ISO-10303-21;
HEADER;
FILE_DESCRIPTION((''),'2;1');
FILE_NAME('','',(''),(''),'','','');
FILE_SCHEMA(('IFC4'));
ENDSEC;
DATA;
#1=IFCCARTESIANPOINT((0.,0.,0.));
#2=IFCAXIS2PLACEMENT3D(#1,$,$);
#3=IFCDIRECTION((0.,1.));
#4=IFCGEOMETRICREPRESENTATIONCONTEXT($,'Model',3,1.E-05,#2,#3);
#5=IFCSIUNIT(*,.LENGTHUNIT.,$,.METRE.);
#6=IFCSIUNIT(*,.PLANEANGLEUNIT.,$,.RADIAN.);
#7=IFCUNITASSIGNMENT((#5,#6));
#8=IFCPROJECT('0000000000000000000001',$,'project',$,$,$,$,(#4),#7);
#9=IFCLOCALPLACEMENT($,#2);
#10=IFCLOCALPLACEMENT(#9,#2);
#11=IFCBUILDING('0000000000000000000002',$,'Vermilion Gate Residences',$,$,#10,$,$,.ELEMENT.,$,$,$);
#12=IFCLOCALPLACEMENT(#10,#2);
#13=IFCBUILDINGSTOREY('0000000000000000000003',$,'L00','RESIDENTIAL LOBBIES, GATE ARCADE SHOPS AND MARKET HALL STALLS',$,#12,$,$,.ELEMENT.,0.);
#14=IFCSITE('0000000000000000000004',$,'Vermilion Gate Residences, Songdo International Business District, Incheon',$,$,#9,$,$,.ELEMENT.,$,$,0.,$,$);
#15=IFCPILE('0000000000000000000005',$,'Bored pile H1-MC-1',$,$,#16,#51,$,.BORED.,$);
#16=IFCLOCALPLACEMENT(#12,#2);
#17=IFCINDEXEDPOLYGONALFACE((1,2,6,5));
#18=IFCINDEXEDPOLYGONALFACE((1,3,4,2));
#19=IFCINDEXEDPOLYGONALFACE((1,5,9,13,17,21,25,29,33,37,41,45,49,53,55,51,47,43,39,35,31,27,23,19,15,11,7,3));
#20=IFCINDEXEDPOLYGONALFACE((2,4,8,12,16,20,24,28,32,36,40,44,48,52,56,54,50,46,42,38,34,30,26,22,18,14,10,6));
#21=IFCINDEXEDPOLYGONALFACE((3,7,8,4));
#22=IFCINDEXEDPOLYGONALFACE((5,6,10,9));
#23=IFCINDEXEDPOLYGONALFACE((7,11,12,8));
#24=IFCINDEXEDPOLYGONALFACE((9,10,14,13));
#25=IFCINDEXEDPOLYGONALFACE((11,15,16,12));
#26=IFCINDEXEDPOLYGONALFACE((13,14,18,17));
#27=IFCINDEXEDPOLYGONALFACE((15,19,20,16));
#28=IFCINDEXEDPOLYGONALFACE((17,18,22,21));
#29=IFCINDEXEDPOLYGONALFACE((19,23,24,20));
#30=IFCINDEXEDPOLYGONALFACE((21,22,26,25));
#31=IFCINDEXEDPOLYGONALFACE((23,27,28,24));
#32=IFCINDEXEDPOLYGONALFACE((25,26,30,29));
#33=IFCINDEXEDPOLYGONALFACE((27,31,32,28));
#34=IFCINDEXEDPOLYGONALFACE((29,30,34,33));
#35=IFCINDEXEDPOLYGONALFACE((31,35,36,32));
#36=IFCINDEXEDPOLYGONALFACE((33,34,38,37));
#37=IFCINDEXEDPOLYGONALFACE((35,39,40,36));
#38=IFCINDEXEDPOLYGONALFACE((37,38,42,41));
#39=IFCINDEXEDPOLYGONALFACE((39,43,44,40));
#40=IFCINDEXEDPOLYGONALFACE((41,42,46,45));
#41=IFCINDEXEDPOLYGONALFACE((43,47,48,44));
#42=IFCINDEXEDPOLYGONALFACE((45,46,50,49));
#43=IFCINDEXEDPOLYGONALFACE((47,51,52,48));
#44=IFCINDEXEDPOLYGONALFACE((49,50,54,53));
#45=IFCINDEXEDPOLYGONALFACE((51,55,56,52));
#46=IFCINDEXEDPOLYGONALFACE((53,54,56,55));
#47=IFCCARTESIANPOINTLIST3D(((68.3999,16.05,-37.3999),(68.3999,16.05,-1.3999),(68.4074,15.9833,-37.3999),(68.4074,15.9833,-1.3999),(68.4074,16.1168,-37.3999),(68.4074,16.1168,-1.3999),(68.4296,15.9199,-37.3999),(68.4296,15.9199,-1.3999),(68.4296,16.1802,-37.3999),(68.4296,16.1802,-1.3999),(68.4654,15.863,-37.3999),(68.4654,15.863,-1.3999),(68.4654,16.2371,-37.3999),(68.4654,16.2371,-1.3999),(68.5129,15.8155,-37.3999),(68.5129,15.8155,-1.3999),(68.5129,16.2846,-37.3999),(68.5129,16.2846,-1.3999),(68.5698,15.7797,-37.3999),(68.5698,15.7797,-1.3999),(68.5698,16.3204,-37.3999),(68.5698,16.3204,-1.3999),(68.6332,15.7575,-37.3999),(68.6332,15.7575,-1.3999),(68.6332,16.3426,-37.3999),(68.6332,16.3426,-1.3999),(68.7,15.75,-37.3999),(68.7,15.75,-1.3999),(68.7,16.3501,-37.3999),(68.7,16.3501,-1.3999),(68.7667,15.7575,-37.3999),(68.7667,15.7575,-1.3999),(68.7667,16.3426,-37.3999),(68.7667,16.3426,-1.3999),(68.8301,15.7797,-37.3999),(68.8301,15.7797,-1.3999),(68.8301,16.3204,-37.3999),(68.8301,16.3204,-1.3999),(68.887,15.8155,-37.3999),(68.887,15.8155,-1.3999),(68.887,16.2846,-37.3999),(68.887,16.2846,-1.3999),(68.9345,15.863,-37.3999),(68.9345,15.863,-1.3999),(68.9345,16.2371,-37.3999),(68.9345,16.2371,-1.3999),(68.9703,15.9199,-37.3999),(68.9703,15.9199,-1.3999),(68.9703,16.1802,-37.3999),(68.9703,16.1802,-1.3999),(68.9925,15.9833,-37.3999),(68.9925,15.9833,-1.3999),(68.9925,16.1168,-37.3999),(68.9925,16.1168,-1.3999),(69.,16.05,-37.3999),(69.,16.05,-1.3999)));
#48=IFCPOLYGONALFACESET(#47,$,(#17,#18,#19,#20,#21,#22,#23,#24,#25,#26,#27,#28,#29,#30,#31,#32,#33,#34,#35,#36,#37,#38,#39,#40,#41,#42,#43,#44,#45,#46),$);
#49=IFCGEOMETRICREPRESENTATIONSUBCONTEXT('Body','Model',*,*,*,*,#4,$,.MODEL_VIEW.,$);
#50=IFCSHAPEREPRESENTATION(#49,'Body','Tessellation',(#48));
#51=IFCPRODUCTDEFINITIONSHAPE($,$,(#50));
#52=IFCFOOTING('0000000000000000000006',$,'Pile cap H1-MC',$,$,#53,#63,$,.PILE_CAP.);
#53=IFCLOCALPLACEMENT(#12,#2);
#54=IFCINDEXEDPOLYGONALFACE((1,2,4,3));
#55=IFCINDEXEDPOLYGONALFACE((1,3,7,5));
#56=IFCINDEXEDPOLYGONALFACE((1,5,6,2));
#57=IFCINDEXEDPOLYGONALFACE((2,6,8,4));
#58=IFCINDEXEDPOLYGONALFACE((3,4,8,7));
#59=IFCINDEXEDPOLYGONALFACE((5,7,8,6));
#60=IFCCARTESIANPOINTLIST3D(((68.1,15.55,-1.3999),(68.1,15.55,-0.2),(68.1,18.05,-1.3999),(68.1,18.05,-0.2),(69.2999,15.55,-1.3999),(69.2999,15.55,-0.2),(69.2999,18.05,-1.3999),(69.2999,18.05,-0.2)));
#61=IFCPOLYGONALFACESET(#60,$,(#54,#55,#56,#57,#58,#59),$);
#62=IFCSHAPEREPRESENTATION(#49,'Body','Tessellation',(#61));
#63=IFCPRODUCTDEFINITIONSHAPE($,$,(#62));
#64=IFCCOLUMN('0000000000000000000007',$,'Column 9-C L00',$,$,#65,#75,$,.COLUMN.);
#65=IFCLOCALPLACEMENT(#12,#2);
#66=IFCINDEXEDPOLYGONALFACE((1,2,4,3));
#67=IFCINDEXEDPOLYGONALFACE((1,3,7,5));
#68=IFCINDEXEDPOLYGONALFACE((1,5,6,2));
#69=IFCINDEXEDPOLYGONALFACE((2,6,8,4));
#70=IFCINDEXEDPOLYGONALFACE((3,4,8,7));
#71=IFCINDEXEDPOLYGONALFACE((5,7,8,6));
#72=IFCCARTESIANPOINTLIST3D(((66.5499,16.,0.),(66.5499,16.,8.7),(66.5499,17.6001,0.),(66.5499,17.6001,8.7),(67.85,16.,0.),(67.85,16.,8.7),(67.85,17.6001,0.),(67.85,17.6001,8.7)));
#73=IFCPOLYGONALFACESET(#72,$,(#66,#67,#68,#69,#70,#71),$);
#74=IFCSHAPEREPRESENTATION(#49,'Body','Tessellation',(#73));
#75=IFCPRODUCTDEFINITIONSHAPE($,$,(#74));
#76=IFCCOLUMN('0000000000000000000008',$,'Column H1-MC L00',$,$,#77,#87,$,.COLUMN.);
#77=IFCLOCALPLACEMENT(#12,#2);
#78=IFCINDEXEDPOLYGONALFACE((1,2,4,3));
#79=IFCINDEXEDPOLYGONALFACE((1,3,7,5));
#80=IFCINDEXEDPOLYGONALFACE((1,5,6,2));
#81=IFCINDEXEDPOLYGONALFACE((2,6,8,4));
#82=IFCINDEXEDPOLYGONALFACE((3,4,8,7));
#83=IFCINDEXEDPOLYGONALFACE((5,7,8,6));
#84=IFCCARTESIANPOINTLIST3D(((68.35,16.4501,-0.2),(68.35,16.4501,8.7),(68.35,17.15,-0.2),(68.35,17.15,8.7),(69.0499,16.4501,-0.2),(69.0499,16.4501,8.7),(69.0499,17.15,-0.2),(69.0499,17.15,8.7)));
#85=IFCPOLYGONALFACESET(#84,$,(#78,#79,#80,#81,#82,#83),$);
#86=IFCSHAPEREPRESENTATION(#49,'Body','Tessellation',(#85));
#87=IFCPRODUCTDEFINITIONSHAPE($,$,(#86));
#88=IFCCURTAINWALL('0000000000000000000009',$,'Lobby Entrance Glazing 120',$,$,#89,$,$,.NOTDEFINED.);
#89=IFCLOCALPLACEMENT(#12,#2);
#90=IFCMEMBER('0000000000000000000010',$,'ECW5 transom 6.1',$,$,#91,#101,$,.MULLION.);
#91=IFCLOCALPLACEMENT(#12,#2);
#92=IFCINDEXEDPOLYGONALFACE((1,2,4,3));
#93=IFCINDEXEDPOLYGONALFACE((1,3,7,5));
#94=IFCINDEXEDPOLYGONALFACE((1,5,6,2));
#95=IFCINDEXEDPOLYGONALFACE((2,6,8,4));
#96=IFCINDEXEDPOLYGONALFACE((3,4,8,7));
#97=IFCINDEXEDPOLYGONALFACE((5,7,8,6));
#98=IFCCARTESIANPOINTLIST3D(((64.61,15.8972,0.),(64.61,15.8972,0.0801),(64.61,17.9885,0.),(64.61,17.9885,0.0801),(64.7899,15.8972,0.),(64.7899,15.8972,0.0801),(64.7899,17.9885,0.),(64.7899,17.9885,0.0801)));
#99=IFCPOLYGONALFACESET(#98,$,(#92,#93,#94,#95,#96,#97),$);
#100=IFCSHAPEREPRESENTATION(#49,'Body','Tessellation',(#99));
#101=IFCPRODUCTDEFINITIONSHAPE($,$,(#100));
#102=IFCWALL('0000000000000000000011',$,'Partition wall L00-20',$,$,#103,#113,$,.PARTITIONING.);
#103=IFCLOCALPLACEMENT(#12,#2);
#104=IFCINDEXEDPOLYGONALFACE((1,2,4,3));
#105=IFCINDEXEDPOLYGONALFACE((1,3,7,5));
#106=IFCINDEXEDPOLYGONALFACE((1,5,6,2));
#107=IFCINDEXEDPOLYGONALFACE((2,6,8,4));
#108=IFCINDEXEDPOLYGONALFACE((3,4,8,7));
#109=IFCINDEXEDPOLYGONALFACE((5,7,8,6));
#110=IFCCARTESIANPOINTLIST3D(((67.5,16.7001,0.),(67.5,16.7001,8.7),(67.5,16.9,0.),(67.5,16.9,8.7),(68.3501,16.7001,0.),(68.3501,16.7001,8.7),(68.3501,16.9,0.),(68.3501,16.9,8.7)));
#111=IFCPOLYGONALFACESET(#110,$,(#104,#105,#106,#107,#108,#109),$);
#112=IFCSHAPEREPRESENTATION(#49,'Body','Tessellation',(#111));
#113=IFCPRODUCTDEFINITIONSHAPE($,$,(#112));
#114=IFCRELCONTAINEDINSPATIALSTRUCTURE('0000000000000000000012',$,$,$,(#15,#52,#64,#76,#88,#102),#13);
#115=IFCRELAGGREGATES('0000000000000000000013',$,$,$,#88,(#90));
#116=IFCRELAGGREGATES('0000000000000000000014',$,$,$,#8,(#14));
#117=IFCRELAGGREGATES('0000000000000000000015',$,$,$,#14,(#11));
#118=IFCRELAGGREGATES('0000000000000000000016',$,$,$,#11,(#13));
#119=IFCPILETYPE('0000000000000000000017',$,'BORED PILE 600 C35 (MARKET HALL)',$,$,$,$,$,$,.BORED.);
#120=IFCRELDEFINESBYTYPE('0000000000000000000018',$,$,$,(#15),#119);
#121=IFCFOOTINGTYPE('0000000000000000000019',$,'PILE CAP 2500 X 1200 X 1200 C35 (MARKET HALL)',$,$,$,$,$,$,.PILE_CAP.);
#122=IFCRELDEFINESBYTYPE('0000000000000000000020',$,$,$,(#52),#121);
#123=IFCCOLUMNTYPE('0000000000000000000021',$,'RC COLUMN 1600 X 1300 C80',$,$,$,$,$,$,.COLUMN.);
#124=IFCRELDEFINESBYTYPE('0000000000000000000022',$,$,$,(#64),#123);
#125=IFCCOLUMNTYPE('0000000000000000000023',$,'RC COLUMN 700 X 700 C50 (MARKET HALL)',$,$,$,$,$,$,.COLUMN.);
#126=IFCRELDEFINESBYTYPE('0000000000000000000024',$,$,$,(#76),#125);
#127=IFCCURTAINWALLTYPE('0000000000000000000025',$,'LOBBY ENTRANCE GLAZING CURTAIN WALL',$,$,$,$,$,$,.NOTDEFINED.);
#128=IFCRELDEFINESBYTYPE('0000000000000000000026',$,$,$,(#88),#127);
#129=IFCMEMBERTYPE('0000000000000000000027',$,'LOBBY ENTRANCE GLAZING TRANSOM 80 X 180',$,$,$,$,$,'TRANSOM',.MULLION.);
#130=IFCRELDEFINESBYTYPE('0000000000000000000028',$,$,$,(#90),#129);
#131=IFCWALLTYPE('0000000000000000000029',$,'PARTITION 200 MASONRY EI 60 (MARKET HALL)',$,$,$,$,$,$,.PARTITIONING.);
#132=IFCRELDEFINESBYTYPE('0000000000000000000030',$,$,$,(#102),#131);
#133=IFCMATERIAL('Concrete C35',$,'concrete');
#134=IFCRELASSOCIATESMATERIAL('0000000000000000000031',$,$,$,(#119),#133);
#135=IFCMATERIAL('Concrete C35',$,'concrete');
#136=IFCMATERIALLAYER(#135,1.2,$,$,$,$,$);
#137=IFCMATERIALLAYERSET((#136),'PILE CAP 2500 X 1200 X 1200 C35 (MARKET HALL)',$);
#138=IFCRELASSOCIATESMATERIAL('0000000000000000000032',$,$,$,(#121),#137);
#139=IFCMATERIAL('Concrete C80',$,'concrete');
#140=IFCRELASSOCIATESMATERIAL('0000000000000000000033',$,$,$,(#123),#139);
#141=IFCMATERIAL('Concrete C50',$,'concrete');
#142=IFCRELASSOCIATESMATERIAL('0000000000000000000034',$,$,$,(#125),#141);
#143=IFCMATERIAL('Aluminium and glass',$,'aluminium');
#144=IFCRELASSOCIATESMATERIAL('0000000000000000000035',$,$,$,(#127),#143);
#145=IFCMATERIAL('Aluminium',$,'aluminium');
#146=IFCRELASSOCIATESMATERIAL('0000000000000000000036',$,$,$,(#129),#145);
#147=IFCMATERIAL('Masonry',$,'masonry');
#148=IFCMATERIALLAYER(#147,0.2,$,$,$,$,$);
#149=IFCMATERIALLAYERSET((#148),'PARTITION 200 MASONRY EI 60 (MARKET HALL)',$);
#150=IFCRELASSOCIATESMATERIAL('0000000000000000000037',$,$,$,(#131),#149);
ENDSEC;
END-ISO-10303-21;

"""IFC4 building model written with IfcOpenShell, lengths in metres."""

from ifc_helpers import new_model, si_unit, direction, frame, frame_2d, origin, origin_2d, place, context, subcontext, project, spatial, rectangle, circle, extrude, material, layer, layer_set, material_profile, profile_set, type_object, element, aggregate, save


model = new_model("IFC4")

# Units and contexts
model_context = context("Model", 3, precision=1e-05, world=origin(), true_north=direction((0.0, 1.0)))
body_context = subcontext(model_context, "Body", "Model", "MODEL_VIEW")
ifc_project = project(units=[si_unit("LENGTHUNIT", "METRE"), si_unit("PLANEANGLEUNIT", "RADIAN")], contexts=[model_context])

# Site, building, storey
site_placement = place(None, origin())
site = spatial("IfcSite", under=ifc_project, at=site_placement, Name="Vermilion Gate Residences, Songdo International Business District, Incheon", CompositionType="ELEMENT", RefElevation=0.0)
building_placement = place(site_placement, origin())
building = spatial("IfcBuilding", under=site, at=building_placement, Name="Vermilion Gate Residences", CompositionType="ELEMENT")
storey_placement = place(building_placement, origin())
storey = spatial("IfcBuildingStorey", under=building, at=storey_placement, Name="L00", Description="RESIDENTIAL LOBBIES, GATE ARCADE SHOPS AND MARKET HALL STALLS", CompositionType="ELEMENT", Elevation=0.0)

# Pile
ifc_material_1 = material(Name="Concrete C35", Category="concrete")
ifc_material_profile_1 = material_profile(ifc_material_1, circle(Radius=0.3, at=origin_2d()), Name="BORED PILE 600 C35 (MARKET HALL)")
ifc_profile_set_1 = profile_set([ifc_material_profile_1], Name="Concrete C35")
pile_type = type_object("IfcPileType", Name="BORED PILE 600 C35 (MARKET HALL)", PredefinedType="BORED", material=ifc_profile_set_1)
pile_placement = place(storey_placement, frame((68.7, 16.05, -1.3999), z_axis=(0.0, 0.0, -1.0), x_axis=(1.0, 0.0, 0.0)))
element("IfcPile", 1, at=pile_placement, inside=storey, type_object=pile_type, Name="Bored pile H1-MC-1", PredefinedType="BORED", context=body_context, shape_type="SweptSolid", body=[
    extrude(circle(Radius=0.3, at=origin_2d()), origin(), (0.0, 0.0, 1.0), 36.0),
])

# Footing
ifc_material_2 = material(Name="Concrete C35", Category="concrete")
ifc_layer_1 = layer(ifc_material_2, 1.2)
ifc_layer_set_1 = layer_set([ifc_layer_1], Name="PILE CAP 2500 X 1200 X 1200 C35 (MARKET HALL)")
footing_type = type_object("IfcFootingType", Name="PILE CAP 2500 X 1200 X 1200 C35 (MARKET HALL)", PredefinedType="PILE_CAP", material=ifc_layer_set_1)
footing_placement = place(storey_placement, frame((68.7, 16.8, -1.3999), z_axis=(0.0, 0.0, 1.0), x_axis=(1.0, 0.0, 0.0)))
element("IfcFooting", 2, at=footing_placement, inside=storey, type_object=footing_type, Name="Pile cap H1-MC", PredefinedType="PILE_CAP", context=body_context, shape_type="SweptSolid", body=[
    extrude(rectangle(XDim=1.2, YDim=2.5, at=origin_2d()), origin(), (0.0, 0.0, 1.0), 1.2),
])

# Columns
ifc_material_3 = material(Name="Concrete C80", Category="concrete")
ifc_material_profile_2 = material_profile(ifc_material_3, rectangle(XDim=1.6001, YDim=1.3, at=origin_2d()), Name="RC-1600x1300")
ifc_profile_set_2 = profile_set([ifc_material_profile_2], Name="Concrete C80")
column_type_1 = type_object("IfcColumnType", Name="RC COLUMN 1600 X 1300 C80", PredefinedType="COLUMN", material=ifc_profile_set_2)
column_1_placement = place(storey_placement, frame((67.2, 16.8, 0.0), z_axis=(0.0, 0.0, 1.0), x_axis=(0.0, 1.0, 0.0)))
element("IfcColumn", 3, at=column_1_placement, inside=storey, type_object=column_type_1, Name="Column 9-C L00", PredefinedType="COLUMN", context=body_context, shape_type="SweptSolid", body=[
    extrude(rectangle(XDim=1.6001, YDim=1.3, at=origin_2d()), origin(), (0.0, 0.0, 1.0), 8.7),
])
ifc_material_4 = material(Name="Concrete C50", Category="concrete")
ifc_material_profile_3 = material_profile(ifc_material_4, rectangle(XDim=0.7, YDim=0.7, at=origin_2d()), Name="RC COLUMN 700 X 700 C50 (MARKET HALL)")
ifc_profile_set_3 = profile_set([ifc_material_profile_3], Name="Concrete C50")
column_type_2 = type_object("IfcColumnType", Name="RC COLUMN 700 X 700 C50 (MARKET HALL)", PredefinedType="COLUMN", material=ifc_profile_set_3)
column_2_placement = place(storey_placement, frame((68.7, 16.8, -0.2), z_axis=(0.0, 0.0, 1.0), x_axis=(1.0, 0.0, 0.0)))
element("IfcColumn", 4, at=column_2_placement, inside=storey, type_object=column_type_2, Name="Column H1-MC L00", PredefinedType="COLUMN", context=body_context, shape_type="SweptSolid", body=[
    extrude(rectangle(XDim=0.7, YDim=0.7, at=origin_2d()), origin(), (0.0, 0.0, 1.0), 8.8999),
])

# Curtain wall, member
ifc_material_5 = material(Name="Aluminium and glass", Category="aluminium")
curtain_wall_type = type_object("IfcCurtainWallType", Name="LOBBY ENTRANCE GLAZING CURTAIN WALL", PredefinedType="NOTDEFINED", material=ifc_material_5)
curtain_wall_placement = place(storey_placement, origin())
curtain_wall = element("IfcCurtainWall", 5, at=curtain_wall_placement, inside=storey, type_object=curtain_wall_type, Name="Lobby Entrance Glazing 120", PredefinedType="NOTDEFINED")
ifc_material_6 = material(Name="Aluminium", Category="aluminium")
ifc_material_profile_4 = material_profile(ifc_material_6, rectangle(XDim=0.1799, YDim=0.0801, at=origin_2d()), Name="TRANSOM 80 X 180")
ifc_profile_set_4 = profile_set([ifc_material_profile_4], Name="Aluminium")
member_type = type_object("IfcMemberType", Name="LOBBY ENTRANCE GLAZING TRANSOM 80 X 180", ElementType="TRANSOM", PredefinedType="MULLION", material=ifc_profile_set_4)
member_placement = place(storey_placement, frame((64.7, 15.8972, 0.04), z_axis=(0.0, 1.0, 0.0), x_axis=(-1.0, 0.0, 0.0)))
member = element("IfcMember", 6, at=member_placement, type_object=member_type, Name="ECW5 transom 6.1", PredefinedType="MULLION", context=body_context, shape_type="SweptSolid", body=[
    extrude(rectangle(XDim=0.1799, YDim=0.0801, at=origin_2d()), origin(), (0.0, 0.0, 1.0), 2.0913),
])
aggregate(curtain_wall, [member])

# Wall
ifc_material_7 = material(Name="Masonry", Category="masonry")
ifc_layer_2 = layer(ifc_material_7, 0.2)
ifc_layer_set_2 = layer_set([ifc_layer_2], Name="PARTITION 200 MASONRY EI 60 (MARKET HALL)")
wall_type = type_object("IfcWallType", Name="PARTITION 200 MASONRY EI 60 (MARKET HALL)", PredefinedType="PARTITIONING", material=ifc_layer_set_2)
wall_placement = place(storey_placement, frame((67.5, 16.8, 0.0), z_axis=(0.0, 0.0, 1.0), x_axis=(1.0, 0.0, 0.0)))
element("IfcWall", 7, at=wall_placement, inside=storey, type_object=wall_type, Name="Partition wall L00-20", PredefinedType="PARTITIONING", context=body_context, shape_type="SweptSolid", body=[
    extrude(rectangle(XDim=0.8501, YDim=0.2, at=frame_2d((0.425, 0.0))), origin(), (0.0, 0.0, 1.0), 8.7),
])

save(model, "model.ifc")
